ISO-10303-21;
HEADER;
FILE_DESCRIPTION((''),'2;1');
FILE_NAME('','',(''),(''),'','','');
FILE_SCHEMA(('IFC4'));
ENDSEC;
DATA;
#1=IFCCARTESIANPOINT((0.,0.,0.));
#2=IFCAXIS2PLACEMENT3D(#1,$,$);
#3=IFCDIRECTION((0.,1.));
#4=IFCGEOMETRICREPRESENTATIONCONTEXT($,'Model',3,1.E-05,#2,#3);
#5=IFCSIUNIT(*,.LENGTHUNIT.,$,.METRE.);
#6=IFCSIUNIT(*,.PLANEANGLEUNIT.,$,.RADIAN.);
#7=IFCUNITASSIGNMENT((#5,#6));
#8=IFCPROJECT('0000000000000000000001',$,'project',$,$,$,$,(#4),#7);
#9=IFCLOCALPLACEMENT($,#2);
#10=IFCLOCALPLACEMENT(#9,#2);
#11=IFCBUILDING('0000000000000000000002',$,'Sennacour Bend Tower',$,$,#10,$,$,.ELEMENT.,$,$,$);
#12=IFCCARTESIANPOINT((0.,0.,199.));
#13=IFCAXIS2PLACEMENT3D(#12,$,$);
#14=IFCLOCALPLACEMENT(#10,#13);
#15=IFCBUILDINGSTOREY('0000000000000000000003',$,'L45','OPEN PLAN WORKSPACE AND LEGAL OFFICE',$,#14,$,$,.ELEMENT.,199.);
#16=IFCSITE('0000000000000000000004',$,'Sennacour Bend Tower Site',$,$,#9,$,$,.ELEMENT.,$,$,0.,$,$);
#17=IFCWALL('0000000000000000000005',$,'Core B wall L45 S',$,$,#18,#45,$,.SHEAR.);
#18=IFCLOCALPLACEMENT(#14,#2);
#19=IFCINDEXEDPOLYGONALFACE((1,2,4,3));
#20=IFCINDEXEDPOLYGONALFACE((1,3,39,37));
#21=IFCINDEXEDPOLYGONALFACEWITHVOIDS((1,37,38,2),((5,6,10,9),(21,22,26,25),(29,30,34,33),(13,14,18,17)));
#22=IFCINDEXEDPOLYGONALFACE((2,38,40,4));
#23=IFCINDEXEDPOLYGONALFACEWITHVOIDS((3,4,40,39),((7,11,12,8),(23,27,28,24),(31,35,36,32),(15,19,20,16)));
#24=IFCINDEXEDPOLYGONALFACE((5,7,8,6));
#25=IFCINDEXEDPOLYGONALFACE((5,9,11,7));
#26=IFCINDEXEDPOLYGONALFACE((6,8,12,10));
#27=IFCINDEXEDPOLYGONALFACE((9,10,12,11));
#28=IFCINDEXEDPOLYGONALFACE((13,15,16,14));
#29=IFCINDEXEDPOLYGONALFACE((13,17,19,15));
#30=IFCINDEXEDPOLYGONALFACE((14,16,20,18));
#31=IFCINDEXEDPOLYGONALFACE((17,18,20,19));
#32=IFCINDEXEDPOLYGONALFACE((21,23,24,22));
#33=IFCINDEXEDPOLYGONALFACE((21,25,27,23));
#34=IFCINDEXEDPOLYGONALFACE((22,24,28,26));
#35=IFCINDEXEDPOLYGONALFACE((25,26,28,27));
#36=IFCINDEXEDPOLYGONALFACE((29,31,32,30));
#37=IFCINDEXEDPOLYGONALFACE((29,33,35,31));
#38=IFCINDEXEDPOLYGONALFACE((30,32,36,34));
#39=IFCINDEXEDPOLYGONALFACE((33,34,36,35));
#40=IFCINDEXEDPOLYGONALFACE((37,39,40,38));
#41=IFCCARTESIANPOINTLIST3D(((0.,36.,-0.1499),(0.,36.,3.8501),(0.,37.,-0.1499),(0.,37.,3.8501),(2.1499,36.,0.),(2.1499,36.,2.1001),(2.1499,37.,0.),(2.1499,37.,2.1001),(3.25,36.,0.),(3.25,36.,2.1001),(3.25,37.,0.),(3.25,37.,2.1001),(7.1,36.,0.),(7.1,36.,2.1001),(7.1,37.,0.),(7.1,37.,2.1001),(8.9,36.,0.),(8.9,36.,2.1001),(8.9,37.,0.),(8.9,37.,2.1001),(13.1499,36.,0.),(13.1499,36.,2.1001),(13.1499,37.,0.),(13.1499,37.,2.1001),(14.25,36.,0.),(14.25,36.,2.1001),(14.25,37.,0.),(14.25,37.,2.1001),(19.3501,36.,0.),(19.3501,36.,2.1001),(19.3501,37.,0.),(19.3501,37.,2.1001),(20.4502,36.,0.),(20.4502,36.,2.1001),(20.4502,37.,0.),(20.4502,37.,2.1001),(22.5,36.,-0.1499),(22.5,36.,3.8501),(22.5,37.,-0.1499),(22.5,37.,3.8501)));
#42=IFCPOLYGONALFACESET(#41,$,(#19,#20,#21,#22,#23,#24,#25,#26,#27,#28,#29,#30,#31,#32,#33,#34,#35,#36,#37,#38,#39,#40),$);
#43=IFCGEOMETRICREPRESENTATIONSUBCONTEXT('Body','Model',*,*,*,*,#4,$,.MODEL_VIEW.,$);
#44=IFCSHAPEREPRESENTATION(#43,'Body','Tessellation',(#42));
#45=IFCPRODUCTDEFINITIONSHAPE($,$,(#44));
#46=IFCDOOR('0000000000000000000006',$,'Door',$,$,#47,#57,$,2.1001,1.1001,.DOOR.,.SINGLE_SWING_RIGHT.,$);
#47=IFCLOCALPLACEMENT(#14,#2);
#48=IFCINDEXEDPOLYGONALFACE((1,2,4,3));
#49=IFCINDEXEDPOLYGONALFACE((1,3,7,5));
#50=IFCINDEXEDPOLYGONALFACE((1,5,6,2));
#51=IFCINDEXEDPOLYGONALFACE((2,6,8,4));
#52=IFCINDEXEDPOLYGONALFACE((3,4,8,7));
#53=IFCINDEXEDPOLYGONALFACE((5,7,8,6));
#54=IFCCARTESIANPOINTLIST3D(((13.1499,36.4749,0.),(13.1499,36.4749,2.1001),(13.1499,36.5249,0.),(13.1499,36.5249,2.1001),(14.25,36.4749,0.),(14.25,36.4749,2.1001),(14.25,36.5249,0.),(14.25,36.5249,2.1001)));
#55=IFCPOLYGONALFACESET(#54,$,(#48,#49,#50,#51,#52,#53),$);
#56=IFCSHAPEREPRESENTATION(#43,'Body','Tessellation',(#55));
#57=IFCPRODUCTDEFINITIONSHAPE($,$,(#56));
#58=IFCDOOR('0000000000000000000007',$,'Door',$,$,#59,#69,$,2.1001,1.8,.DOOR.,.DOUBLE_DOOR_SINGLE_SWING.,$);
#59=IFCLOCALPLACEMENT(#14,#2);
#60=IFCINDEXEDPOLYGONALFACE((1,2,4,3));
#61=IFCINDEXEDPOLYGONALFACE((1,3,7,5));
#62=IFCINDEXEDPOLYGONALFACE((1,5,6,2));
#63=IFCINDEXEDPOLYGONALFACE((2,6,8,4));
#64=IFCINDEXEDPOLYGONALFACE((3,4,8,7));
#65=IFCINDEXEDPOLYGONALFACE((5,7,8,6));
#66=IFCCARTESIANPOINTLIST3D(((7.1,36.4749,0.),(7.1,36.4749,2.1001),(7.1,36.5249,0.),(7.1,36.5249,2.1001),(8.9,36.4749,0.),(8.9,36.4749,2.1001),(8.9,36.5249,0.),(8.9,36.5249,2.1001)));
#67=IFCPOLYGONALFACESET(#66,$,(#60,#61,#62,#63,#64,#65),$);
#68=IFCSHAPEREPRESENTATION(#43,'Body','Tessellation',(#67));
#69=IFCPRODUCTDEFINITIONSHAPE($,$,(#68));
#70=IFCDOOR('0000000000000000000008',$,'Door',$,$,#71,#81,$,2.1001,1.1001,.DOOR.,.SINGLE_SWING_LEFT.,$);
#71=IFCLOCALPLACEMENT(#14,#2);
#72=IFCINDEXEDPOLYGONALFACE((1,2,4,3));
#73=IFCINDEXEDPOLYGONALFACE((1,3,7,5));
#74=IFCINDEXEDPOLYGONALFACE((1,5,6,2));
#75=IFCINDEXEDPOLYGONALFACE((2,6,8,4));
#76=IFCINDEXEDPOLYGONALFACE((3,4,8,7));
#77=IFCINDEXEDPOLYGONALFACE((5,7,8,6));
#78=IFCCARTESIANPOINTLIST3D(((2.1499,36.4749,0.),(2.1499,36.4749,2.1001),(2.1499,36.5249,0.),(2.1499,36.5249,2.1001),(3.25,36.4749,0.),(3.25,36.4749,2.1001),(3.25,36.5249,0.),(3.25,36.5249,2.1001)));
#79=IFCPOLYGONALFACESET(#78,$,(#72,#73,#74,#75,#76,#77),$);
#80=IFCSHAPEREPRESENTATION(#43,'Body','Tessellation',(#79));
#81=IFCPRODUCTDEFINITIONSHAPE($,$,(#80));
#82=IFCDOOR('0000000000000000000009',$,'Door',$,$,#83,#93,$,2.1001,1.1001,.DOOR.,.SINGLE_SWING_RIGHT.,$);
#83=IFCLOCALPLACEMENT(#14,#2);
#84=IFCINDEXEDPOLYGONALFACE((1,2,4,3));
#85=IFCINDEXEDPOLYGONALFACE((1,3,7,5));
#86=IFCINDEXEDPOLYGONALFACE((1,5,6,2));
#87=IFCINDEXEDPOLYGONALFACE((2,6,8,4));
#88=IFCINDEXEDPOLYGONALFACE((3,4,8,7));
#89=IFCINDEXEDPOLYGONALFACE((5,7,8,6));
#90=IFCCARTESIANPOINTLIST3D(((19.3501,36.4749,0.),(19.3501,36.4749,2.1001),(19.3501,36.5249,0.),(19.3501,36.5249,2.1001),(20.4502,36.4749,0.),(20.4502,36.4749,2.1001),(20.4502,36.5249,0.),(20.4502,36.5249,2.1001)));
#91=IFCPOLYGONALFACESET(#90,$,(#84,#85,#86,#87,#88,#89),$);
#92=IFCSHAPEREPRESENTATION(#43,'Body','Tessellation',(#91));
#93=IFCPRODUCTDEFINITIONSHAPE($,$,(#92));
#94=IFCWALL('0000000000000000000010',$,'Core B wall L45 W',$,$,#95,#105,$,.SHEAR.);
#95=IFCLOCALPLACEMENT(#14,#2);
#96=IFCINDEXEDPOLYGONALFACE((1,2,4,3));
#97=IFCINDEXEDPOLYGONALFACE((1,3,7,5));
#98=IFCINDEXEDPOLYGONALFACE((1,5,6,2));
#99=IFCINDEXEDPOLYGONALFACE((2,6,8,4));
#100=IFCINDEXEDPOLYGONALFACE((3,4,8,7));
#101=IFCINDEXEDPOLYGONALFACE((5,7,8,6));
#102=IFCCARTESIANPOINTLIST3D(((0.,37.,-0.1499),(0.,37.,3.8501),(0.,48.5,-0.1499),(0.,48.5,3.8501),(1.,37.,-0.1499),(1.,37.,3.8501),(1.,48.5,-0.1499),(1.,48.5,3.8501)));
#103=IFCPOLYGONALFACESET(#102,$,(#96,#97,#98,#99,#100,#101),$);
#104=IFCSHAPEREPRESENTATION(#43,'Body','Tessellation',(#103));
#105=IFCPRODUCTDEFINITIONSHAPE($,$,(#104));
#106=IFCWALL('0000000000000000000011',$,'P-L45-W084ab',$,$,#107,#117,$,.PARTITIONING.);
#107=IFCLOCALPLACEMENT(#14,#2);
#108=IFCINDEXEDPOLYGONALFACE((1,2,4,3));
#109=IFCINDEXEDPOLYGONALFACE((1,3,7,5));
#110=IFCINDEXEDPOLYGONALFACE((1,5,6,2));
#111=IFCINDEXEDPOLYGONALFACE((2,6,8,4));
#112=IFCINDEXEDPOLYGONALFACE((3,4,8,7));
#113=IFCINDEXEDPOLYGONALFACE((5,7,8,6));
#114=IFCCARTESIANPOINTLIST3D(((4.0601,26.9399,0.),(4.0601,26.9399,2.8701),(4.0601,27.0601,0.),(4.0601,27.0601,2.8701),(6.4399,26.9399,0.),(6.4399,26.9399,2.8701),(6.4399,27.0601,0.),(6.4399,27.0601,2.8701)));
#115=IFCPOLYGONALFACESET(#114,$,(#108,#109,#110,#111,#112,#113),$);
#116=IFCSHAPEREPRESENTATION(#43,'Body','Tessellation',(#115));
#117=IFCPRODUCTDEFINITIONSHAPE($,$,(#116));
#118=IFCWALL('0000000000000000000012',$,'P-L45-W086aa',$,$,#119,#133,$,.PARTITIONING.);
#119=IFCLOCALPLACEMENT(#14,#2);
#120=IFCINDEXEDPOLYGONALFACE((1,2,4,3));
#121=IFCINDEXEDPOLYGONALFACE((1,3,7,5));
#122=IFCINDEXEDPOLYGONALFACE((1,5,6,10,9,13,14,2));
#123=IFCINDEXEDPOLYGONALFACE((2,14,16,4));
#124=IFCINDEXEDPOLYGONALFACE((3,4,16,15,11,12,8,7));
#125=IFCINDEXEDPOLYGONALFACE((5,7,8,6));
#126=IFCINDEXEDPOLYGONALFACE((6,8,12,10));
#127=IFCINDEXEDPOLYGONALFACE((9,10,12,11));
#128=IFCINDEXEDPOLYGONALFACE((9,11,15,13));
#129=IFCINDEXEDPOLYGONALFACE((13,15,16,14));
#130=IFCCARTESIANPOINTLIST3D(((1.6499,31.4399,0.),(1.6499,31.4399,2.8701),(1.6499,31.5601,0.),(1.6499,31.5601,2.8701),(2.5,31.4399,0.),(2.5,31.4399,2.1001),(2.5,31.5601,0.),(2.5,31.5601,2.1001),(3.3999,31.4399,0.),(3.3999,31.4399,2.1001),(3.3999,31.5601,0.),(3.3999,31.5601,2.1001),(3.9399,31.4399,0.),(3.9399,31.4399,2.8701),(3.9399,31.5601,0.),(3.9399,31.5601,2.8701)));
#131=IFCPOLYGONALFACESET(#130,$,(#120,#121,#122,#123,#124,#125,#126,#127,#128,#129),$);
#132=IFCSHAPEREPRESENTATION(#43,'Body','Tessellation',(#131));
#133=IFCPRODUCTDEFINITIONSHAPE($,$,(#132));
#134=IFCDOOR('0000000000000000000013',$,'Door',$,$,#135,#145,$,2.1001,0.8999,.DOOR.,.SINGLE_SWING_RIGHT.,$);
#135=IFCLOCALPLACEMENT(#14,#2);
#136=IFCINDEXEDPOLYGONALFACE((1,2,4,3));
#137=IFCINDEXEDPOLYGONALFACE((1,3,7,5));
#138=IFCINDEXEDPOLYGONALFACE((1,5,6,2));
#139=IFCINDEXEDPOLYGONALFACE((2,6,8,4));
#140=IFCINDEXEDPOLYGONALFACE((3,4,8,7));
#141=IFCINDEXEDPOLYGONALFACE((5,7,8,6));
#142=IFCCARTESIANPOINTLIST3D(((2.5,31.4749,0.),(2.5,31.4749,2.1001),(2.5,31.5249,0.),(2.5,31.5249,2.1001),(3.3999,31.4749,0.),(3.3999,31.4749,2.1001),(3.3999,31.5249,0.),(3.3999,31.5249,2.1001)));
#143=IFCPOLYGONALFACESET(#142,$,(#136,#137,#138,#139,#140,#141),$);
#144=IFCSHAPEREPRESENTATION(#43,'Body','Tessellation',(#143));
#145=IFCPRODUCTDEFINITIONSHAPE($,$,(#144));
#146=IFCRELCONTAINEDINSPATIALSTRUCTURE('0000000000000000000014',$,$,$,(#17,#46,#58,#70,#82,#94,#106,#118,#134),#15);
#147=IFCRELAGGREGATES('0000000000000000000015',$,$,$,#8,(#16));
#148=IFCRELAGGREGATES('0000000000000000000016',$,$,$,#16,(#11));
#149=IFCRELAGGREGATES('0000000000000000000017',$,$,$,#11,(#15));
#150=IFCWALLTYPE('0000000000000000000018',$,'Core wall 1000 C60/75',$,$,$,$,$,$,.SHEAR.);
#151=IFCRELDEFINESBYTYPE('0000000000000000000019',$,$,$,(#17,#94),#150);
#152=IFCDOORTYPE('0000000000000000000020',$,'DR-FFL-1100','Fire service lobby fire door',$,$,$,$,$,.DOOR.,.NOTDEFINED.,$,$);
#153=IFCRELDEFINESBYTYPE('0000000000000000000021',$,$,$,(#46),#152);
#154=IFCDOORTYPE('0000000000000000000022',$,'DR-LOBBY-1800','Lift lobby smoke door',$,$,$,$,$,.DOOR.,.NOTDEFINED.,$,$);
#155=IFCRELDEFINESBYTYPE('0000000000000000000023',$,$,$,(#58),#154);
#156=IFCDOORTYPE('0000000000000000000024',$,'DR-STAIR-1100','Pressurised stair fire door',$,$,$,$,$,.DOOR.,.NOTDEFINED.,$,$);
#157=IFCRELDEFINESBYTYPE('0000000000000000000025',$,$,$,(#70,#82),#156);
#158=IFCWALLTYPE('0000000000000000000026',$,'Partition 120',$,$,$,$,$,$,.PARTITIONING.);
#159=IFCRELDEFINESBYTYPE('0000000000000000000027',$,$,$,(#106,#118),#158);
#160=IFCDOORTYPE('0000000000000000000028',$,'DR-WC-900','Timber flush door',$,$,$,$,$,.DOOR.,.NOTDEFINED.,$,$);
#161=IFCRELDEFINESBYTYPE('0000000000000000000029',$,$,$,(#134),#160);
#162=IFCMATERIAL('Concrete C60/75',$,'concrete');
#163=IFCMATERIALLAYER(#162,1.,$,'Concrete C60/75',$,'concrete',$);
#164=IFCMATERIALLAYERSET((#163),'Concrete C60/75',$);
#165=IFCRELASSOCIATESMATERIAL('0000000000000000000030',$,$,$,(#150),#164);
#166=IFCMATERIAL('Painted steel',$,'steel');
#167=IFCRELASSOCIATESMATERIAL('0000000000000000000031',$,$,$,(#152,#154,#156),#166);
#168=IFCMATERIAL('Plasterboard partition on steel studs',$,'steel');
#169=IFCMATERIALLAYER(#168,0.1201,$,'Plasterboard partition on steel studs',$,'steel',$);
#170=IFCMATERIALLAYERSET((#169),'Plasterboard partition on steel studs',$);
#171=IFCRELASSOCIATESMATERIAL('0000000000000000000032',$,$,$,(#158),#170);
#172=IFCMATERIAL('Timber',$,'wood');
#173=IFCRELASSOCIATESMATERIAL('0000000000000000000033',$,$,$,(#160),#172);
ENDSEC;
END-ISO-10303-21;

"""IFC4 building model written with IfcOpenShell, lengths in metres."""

from ifc_helpers import new_model, si_unit, direction, frame, frame_2d, origin, place, context, subcontext, project, spatial, rectangle, extrude, material, layer, layer_set, type_object, element, fill, save


model = new_model("IFC4")

# Units and contexts
model_context = context("Model", 3, precision=1e-05, world=origin(), true_north=direction((0.0, 1.0)))
body_context = subcontext(model_context, "Body", "Model", "MODEL_VIEW")
ifc_project = project(units=[si_unit("LENGTHUNIT", "METRE"), si_unit("PLANEANGLEUNIT", "RADIAN")], contexts=[model_context])

# Site, building, storey
site_placement = place(None, origin())
site = spatial("IfcSite", under=ifc_project, at=site_placement, Name="Sennacour Bend Tower Site", CompositionType="ELEMENT", RefElevation=0.0)
building_placement = place(site_placement, origin())
building = spatial("IfcBuilding", under=site, at=building_placement, Name="Sennacour Bend Tower", CompositionType="ELEMENT")
storey_placement = place(building_placement, frame((0.0, 0.0, 199.0)))
storey = spatial("IfcBuildingStorey", under=building, at=storey_placement, Name="L45", Description="OPEN PLAN WORKSPACE AND LEGAL OFFICE", CompositionType="ELEMENT", Elevation=199.0)

# Wall, openings, doors
ifc_material_1 = material(Name="Concrete C60/75", Category="concrete")
ifc_layer_1 = layer(ifc_material_1, 1.0, Name="Concrete C60/75", Category="concrete")
ifc_layer_set_1 = layer_set([ifc_layer_1], Name="Concrete C60/75")
wall_type_1 = type_object("IfcWallType", Name="Core wall 1000 C60/75", PredefinedType="SHEAR", material=ifc_layer_set_1)
wall_1_placement = place(storey_placement, frame((0.0, 36.5, -0.1499), z_axis=(0.0, 0.0, 1.0), x_axis=(1.0, 0.0, 0.0)))
wall_1 = element("IfcWall", 1, at=wall_1_placement, inside=storey, type_object=wall_type_1, Name="Core B wall L45 S", PredefinedType="SHEAR", context=body_context, shape_type="SweptSolid", body=[
    extrude(rectangle(XDim=22.5, YDim=1.0, at=frame_2d((11.25, 0.0))), origin(), (0.0, 0.0, 1.0), 4.0),
])
opening_1_placement = place(wall_1_placement, frame((7.1001, 0.0, 0.1499)))
opening_1 = element("IfcOpeningElement", 2, at=opening_1_placement, cuts=wall_1, PredefinedType="OPENING", context=body_context, shape_type="SweptSolid", body=[
    extrude(rectangle(XDim=1.8, YDim=2.1001, at=frame_2d((0.8999, 1.05))), frame((0.0, 0.51, 0.0), z_axis=(0.0, -1.0, 0.0), x_axis=(1.0, 0.0, 0.0)), (0.0, 0.0, 1.0), 1.02),
])
opening_2_placement = place(wall_1_placement, frame((13.1499, 0.0, 0.1499)))
opening_2 = element("IfcOpeningElement", 3, at=opening_2_placement, cuts=wall_1, PredefinedType="OPENING", context=body_context, shape_type="SweptSolid", body=[
    extrude(rectangle(XDim=1.1001, YDim=2.1001, at=frame_2d((0.55, 1.05))), frame((0.0, 0.51, 0.0), z_axis=(0.0, -1.0, 0.0), x_axis=(1.0, 0.0, 0.0)), (0.0, 0.0, 1.0), 1.02),
])
opening_3_placement = place(wall_1_placement, frame((2.1499, 0.0, 0.1499)))
opening_3 = element("IfcOpeningElement", 4, at=opening_3_placement, cuts=wall_1, PredefinedType="OPENING", context=body_context, shape_type="SweptSolid", body=[
    extrude(rectangle(XDim=1.1001, YDim=2.1001, at=frame_2d((0.55, 1.05))), frame((0.0, 0.51, 0.0), z_axis=(0.0, -1.0, 0.0), x_axis=(1.0, 0.0, 0.0)), (0.0, 0.0, 1.0), 1.02),
])
opening_4_placement = place(wall_1_placement, frame((19.3501, 0.0, 0.1499)))
opening_4 = element("IfcOpeningElement", 5, at=opening_4_placement, cuts=wall_1, PredefinedType="OPENING", context=body_context, shape_type="SweptSolid", body=[
    extrude(rectangle(XDim=1.1001, YDim=2.1001, at=frame_2d((0.55, 1.05))), frame((0.0, 0.51, 0.0), z_axis=(0.0, -1.0, 0.0), x_axis=(1.0, 0.0, 0.0)), (0.0, 0.0, 1.0), 1.02),
])
ifc_material_2 = material(Name="Painted steel", Category="steel")
door_type_1 = type_object("IfcDoorType", Name="DR-FFL-1100", Description="Fire service lobby fire door", OperationType="NOTDEFINED", PredefinedType="DOOR", material=ifc_material_2)
door_1_placement = place(opening_2_placement, origin())
door_1 = element("IfcDoor", 6, at=door_1_placement, inside=storey, type_object=door_type_1, Name="Door", OperationType="SINGLE_SWING_RIGHT", OverallHeight=2.1001, OverallWidth=1.1001, PredefinedType="DOOR", context=body_context, shape_type="SweptSolid", body=[
    extrude(rectangle(XDim=1.1001, YDim=2.1001, at=frame_2d((0.55, 1.05))), frame((0.0, 0.0249, 0.0), z_axis=(0.0, -1.0, 0.0), x_axis=(1.0, 0.0, 0.0)), (0.0, 0.0, 1.0), 0.05),
])
fill(opening_2, door_1)
door_type_2 = type_object("IfcDoorType", Name="DR-LOBBY-1800", Description="Lift lobby smoke door", OperationType="NOTDEFINED", PredefinedType="DOOR", material=ifc_material_2)
door_2_placement = place(opening_1_placement, origin())
door_2 = element("IfcDoor", 7, at=door_2_placement, inside=storey, type_object=door_type_2, Name="Door", OperationType="DOUBLE_DOOR_SINGLE_SWING", OverallHeight=2.1001, OverallWidth=1.8, PredefinedType="DOOR", context=body_context, shape_type="SweptSolid", body=[
    extrude(rectangle(XDim=1.8, YDim=2.1001, at=frame_2d((0.8999, 1.05))), frame((0.0, 0.0249, 0.0), z_axis=(0.0, -1.0, 0.0), x_axis=(1.0, 0.0, 0.0)), (0.0, 0.0, 1.0), 0.05),
])
fill(opening_1, door_2)
door_type_3 = type_object("IfcDoorType", Name="DR-STAIR-1100", Description="Pressurised stair fire door", OperationType="NOTDEFINED", PredefinedType="DOOR", material=ifc_material_2)
door_3_placement = place(opening_3_placement, origin())
door_3 = element("IfcDoor", 8, at=door_3_placement, inside=storey, type_object=door_type_3, Name="Door", OperationType="SINGLE_SWING_LEFT", OverallHeight=2.1001, OverallWidth=1.1001, PredefinedType="DOOR", context=body_context, shape_type="SweptSolid", body=[
    extrude(rectangle(XDim=1.1001, YDim=2.1001, at=frame_2d((0.55, 1.05))), frame((0.0, 0.0249, 0.0), z_axis=(0.0, -1.0, 0.0), x_axis=(1.0, 0.0, 0.0)), (0.0, 0.0, 1.0), 0.05),
])
fill(opening_3, door_3)
door_4_placement = place(opening_4_placement, origin())
door_4 = element("IfcDoor", 9, at=door_4_placement, inside=storey, type_object=door_type_3, Name="Door", OperationType="SINGLE_SWING_RIGHT", OverallHeight=2.1001, OverallWidth=1.1001, PredefinedType="DOOR", context=body_context, shape_type="SweptSolid", body=[
    extrude(rectangle(XDim=1.1001, YDim=2.1001, at=frame_2d((0.55, 1.05))), frame((0.0, 0.0249, 0.0), z_axis=(0.0, -1.0, 0.0), x_axis=(1.0, 0.0, 0.0)), (0.0, 0.0, 1.0), 0.05),
])
fill(opening_4, door_4)

# Walls
wall_2_placement = place(storey_placement, frame((0.5, 37.0, -0.1499), z_axis=(0.0, 0.0, 1.0), x_axis=(0.0, 1.0, 0.0)))
element("IfcWall", 10, at=wall_2_placement, inside=storey, type_object=wall_type_1, Name="Core B wall L45 W", PredefinedType="SHEAR", context=body_context, shape_type="SweptSolid", body=[
    extrude(rectangle(XDim=11.5, YDim=1.0, at=frame_2d((5.75, 0.0))), origin(), (0.0, 0.0, 1.0), 4.0),
])
ifc_material_3 = material(Name="Plasterboard partition on steel studs", Category="steel")
ifc_layer_2 = layer(ifc_material_3, 0.1201, Name="Plasterboard partition on steel studs", Category="steel")
ifc_layer_set_2 = layer_set([ifc_layer_2], Name="Plasterboard partition on steel studs")
wall_type_2 = type_object("IfcWallType", Name="Partition 120", PredefinedType="PARTITIONING", material=ifc_layer_set_2)
wall_3_placement = place(storey_placement, frame((4.0601, 27.0, 0.0), z_axis=(0.0, 0.0, 1.0), x_axis=(1.0, 0.0, 0.0)))
element("IfcWall", 11, at=wall_3_placement, inside=storey, type_object=wall_type_2, Name="P-L45-W084ab", PredefinedType="PARTITIONING", context=body_context, shape_type="SweptSolid", body=[
    extrude(rectangle(XDim=2.3799, YDim=0.1201, at=frame_2d((1.1899, 0.0))), origin(), (0.0, 0.0, 1.0), 2.8701),
])

# Wall, opening, door
wall_4_placement = place(storey_placement, frame((1.6499, 31.5, 0.0), z_axis=(0.0, 0.0, 1.0), x_axis=(1.0, 0.0, 0.0)))
wall_4 = element("IfcWall", 12, at=wall_4_placement, inside=storey, type_object=wall_type_2, Name="P-L45-W086aa", PredefinedType="PARTITIONING", context=body_context, shape_type="SweptSolid", body=[
    extrude(rectangle(XDim=2.29, YDim=0.1201, at=frame_2d((1.145, 0.0))), origin(), (0.0, 0.0, 1.0), 2.8701),
])
opening_5_placement = place(wall_4_placement, frame((0.8501, 0.0, 0.0)))
opening_5 = element("IfcOpeningElement", 13, at=opening_5_placement, cuts=wall_4, PredefinedType="OPENING", context=body_context, shape_type="SweptSolid", body=[
    extrude(rectangle(XDim=0.8999, YDim=2.1001, at=frame_2d((0.45, 1.05))), frame((0.0, 0.0701, 0.0), z_axis=(0.0, -1.0, 0.0), x_axis=(1.0, 0.0, 0.0)), (0.0, 0.0, 1.0), 0.1401),
])
ifc_material_4 = material(Name="Timber", Category="wood")
door_type_4 = type_object("IfcDoorType", Name="DR-WC-900", Description="Timber flush door", OperationType="NOTDEFINED", PredefinedType="DOOR", material=ifc_material_4)
door_5_placement = place(opening_5_placement, origin())
door_5 = element("IfcDoor", 14, at=door_5_placement, inside=storey, type_object=door_type_4, Name="Door", OperationType="SINGLE_SWING_RIGHT", OverallHeight=2.1001, OverallWidth=0.8999, PredefinedType="DOOR", context=body_context, shape_type="SweptSolid", body=[
    extrude(rectangle(XDim=0.8999, YDim=2.1001, at=frame_2d((0.45, 1.05))), frame((0.0, 0.0249, 0.0), z_axis=(0.0, -1.0, 0.0), x_axis=(1.0, 0.0, 0.0)), (0.0, 0.0, 1.0), 0.05),
])
fill(opening_5, door_5)

save(model, "model.ifc")
